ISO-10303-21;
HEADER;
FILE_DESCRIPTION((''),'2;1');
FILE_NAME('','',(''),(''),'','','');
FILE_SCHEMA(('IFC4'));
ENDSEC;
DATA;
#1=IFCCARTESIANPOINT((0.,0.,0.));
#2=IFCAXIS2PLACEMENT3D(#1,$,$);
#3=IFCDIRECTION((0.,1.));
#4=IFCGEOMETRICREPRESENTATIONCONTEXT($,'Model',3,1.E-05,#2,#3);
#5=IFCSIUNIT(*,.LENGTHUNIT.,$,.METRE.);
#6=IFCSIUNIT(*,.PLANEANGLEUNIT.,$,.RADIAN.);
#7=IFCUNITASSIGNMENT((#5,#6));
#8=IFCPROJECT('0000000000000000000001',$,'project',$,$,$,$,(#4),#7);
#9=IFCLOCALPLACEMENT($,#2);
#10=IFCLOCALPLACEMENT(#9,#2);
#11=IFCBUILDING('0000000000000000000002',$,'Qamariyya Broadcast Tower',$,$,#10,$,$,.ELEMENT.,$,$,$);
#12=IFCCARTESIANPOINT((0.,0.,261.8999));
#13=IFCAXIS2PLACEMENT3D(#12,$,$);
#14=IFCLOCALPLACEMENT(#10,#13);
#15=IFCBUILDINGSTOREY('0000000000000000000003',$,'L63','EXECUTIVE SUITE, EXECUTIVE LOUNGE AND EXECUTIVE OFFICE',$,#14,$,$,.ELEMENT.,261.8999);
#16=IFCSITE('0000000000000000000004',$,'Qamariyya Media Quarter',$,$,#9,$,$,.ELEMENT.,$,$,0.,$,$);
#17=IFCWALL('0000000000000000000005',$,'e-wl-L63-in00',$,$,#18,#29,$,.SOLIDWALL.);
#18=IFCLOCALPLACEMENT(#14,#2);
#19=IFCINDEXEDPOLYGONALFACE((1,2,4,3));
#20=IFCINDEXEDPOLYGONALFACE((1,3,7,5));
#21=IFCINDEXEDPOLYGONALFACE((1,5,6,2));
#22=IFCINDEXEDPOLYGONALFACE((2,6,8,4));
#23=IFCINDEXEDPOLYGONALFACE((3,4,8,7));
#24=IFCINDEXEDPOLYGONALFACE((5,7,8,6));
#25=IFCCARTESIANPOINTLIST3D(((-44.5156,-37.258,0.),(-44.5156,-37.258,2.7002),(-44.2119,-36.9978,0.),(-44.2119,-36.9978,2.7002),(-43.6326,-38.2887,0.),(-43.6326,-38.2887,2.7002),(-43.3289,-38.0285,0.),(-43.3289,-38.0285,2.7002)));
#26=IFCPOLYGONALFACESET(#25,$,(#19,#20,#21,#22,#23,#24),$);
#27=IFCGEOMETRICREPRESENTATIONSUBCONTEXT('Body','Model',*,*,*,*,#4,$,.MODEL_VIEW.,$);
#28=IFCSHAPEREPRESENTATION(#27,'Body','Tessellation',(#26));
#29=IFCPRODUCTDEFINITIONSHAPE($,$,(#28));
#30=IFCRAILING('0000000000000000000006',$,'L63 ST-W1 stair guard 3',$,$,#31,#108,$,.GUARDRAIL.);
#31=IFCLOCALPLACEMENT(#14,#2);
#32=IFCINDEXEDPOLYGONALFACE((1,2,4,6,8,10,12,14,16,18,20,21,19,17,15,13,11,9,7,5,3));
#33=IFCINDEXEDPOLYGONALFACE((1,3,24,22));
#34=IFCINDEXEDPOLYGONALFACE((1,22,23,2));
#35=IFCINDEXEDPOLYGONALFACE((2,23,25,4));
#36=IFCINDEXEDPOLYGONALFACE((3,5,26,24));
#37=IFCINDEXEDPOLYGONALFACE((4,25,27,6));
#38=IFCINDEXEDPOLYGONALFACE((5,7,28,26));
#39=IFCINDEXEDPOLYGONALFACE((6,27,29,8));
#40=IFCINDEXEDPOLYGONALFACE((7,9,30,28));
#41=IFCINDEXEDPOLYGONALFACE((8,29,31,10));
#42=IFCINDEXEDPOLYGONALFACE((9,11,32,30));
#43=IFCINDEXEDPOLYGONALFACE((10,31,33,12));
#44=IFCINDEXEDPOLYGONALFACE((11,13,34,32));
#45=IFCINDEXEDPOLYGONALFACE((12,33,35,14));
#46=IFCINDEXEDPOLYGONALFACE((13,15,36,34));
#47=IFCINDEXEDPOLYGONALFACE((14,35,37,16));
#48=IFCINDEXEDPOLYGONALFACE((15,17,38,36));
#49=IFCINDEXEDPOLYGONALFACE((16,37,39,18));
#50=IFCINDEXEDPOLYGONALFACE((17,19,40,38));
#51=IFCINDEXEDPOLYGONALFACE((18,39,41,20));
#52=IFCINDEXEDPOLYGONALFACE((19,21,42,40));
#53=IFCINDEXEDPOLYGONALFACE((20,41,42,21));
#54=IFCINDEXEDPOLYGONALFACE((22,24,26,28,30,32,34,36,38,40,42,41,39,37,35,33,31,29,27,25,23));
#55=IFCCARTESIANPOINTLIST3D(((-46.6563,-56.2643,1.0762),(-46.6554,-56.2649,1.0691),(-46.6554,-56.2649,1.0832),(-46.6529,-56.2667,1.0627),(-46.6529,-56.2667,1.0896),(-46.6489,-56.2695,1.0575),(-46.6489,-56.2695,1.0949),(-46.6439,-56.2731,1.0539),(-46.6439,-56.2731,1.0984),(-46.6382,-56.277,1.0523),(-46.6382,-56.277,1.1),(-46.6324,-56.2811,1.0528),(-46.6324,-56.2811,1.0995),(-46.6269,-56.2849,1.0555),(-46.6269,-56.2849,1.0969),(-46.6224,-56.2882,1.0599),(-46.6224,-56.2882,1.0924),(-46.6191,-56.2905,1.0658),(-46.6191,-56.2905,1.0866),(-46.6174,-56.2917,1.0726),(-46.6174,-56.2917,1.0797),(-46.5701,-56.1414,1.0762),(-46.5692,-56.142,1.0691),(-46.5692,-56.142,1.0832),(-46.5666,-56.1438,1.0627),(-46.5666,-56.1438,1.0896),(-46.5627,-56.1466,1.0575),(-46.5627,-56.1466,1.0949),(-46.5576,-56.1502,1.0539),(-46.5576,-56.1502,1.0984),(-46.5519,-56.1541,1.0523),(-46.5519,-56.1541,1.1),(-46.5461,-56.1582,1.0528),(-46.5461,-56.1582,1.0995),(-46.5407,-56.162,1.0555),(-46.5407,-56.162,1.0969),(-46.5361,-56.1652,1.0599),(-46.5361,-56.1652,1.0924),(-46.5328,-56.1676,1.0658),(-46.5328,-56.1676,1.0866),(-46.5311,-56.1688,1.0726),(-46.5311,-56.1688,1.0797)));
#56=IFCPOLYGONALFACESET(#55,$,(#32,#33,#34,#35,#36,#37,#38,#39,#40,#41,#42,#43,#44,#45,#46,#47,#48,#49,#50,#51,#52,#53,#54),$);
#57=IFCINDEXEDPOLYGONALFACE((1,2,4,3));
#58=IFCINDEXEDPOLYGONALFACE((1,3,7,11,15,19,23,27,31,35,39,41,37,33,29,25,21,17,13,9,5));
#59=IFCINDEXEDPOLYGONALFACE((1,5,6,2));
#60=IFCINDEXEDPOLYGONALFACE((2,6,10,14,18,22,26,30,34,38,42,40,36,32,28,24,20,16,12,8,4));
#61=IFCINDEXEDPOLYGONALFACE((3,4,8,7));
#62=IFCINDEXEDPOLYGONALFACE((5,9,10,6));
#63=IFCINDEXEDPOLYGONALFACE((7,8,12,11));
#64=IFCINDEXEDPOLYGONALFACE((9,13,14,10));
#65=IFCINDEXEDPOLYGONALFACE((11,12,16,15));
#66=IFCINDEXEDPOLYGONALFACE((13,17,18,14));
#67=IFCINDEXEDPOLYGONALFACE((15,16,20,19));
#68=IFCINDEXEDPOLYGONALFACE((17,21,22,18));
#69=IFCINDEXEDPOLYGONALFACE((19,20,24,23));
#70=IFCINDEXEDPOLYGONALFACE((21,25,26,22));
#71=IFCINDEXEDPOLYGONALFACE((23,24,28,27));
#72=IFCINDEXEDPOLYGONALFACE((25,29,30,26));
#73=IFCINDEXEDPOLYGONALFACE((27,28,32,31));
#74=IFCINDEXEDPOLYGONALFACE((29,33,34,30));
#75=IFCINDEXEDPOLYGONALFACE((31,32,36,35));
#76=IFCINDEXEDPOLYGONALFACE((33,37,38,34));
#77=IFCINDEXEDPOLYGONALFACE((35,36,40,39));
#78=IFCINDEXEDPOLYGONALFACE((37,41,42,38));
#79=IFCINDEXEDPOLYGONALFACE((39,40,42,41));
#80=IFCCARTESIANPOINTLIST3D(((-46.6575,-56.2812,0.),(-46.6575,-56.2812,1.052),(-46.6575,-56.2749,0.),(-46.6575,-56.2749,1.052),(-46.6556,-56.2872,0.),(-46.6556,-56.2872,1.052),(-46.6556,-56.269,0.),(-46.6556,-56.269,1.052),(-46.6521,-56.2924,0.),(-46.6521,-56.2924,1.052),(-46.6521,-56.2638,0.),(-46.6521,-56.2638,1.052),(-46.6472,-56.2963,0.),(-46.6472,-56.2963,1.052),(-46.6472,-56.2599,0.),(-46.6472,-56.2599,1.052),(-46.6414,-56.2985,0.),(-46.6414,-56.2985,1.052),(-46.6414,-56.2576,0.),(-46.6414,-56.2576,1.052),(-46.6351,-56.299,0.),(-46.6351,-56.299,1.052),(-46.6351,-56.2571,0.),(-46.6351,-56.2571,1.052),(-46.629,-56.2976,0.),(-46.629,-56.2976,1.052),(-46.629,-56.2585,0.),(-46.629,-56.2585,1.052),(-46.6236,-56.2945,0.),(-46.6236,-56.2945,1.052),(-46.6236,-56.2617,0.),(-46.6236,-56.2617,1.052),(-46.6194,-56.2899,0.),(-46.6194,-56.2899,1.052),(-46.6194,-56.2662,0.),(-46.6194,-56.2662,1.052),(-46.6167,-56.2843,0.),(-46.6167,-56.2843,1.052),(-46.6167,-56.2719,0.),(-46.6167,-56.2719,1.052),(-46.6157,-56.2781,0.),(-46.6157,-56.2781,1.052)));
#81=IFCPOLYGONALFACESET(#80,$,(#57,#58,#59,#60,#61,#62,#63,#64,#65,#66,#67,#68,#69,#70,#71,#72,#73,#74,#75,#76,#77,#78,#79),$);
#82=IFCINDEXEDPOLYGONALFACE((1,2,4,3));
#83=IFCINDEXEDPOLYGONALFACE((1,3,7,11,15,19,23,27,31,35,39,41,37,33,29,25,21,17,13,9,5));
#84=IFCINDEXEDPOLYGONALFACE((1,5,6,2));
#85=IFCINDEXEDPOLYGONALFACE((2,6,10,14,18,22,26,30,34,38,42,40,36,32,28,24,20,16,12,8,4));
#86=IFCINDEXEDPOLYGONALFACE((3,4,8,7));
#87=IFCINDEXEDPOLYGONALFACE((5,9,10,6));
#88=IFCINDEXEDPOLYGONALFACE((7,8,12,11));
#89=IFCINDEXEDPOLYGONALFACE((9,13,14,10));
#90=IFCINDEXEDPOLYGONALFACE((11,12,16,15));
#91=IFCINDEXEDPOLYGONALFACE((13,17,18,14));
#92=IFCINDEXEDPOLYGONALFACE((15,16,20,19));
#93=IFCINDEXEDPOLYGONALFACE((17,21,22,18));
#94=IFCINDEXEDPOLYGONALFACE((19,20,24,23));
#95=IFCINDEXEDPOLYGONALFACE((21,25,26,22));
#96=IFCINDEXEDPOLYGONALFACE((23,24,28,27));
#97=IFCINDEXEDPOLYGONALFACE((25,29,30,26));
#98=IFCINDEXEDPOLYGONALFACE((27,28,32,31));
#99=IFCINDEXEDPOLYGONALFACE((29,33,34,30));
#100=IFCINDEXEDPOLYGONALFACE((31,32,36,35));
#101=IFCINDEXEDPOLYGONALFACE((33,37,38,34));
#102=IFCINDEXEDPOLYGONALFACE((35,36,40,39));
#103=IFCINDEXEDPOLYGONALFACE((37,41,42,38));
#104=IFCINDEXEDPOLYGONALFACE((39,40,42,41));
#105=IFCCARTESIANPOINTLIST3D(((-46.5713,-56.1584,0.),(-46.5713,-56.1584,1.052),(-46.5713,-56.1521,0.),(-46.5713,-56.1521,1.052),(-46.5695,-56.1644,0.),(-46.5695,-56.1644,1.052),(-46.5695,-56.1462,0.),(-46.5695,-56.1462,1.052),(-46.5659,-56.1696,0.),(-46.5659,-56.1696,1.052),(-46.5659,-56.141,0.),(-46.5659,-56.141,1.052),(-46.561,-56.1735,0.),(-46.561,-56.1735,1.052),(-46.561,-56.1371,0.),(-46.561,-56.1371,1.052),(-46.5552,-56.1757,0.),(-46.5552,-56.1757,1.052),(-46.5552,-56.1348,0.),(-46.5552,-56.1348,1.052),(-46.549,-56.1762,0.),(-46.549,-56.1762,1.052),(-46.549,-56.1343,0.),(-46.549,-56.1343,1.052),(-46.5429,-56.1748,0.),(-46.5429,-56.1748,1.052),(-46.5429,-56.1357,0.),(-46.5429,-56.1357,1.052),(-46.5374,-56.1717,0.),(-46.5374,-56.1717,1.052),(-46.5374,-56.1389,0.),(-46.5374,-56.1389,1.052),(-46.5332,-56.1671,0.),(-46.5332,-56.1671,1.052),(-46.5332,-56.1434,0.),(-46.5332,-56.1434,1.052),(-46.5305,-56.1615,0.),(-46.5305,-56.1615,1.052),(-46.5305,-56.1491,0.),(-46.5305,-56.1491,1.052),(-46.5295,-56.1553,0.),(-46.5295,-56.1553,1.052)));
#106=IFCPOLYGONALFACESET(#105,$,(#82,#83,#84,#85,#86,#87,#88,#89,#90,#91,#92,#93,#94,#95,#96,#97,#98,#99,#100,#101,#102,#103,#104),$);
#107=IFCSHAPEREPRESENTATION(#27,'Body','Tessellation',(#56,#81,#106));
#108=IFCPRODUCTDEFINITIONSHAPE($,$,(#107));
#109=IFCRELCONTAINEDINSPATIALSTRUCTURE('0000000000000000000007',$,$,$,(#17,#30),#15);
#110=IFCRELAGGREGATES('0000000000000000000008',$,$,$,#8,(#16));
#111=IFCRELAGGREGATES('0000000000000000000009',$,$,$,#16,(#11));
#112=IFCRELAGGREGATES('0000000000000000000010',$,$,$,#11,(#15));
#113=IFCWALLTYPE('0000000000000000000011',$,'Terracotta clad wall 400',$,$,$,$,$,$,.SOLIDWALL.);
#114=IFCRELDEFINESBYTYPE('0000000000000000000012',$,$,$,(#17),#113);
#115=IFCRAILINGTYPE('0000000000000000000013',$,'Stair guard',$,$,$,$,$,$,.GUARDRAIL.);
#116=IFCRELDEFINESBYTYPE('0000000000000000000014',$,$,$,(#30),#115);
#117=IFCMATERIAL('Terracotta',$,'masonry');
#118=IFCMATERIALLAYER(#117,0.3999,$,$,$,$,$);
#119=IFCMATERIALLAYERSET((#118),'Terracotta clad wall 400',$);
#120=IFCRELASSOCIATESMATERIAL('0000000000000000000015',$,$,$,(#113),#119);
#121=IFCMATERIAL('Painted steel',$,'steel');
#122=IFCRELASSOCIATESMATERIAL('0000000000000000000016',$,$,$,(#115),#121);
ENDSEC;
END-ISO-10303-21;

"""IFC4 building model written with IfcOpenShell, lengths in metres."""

from ifc_helpers import new_model, si_unit, direction, frame, frame_2d, origin, origin_2d, place, context, subcontext, project, spatial, rectangle, circle, extrude, material, layer, layer_set, type_object, element, save


model = new_model("IFC4")

# Units and contexts
model_context = context("Model", 3, precision=1e-05, world=origin(), true_north=direction((0.0, 1.0)))
body_context = subcontext(model_context, "Body", "Model", "MODEL_VIEW")
ifc_project = project(units=[si_unit("LENGTHUNIT", "METRE"), si_unit("PLANEANGLEUNIT", "RADIAN")], contexts=[model_context])

# Site, building, storey
site_placement = place(None, origin())
site = spatial("IfcSite", under=ifc_project, at=site_placement, Name="Qamariyya Media Quarter", CompositionType="ELEMENT", RefElevation=0.0)
building_placement = place(site_placement, origin())
building = spatial("IfcBuilding", under=site, at=building_placement, Name="Qamariyya Broadcast Tower", CompositionType="ELEMENT")
storey_placement = place(building_placement, frame((0.0, 0.0, 261.8999)))
storey = spatial("IfcBuildingStorey", under=building, at=storey_placement, Name="L63", Description="EXECUTIVE SUITE, EXECUTIVE LOUNGE AND EXECUTIVE OFFICE", CompositionType="ELEMENT", Elevation=261.8999)

# Shared definitions
ifc_material_1 = material(Name="Terracotta", Category="masonry")
ifc_layer_1 = layer(ifc_material_1, 0.3999)
ifc_layer_set_1 = layer_set([ifc_layer_1], Name="Terracotta clad wall 400")
wall_type_1 = type_object("IfcWallType", Name="Terracotta clad wall 400", PredefinedType="SOLIDWALL", material=ifc_layer_set_1)

# Wall
wall_1_placement = place(storey_placement, frame((-43.4807, -38.1587, 0.0), z_axis=(0.0, 0.0, 1.0), x_axis=(-0.650599, 0.759422, 0.0)))
element("IfcWall", 1, at=wall_1_placement, inside=storey, type_object=wall_type_1, Name="e-wl-L63-in00", PredefinedType="SOLIDWALL", context=body_context, shape_type="SweptSolid", body=[
    extrude(rectangle(XDim=1.3572, YDim=0.3999, at=frame_2d((0.6787, 0.0))), origin(), (0.0, 0.0, 1.0), 2.7002),
])

# Railing
ifc_material_2 = material(Name="Painted steel", Category="steel")
railing_type_1 = type_object("IfcRailingType", Name="Stair guard", PredefinedType="GUARDRAIL", material=ifc_material_2)
railing_1_placement = place(storey_placement, frame((-46.6367, -56.2781, 0.0)))
element("IfcRailing", 2, at=railing_1_placement, inside=storey, type_object=railing_type_1, Name="L63 ST-W1 stair guard 3", PredefinedType="GUARDRAIL", context=body_context, shape_type="SweptSolid", body=[
    extrude(circle(Radius=0.0239, at=origin_2d()), frame((0.0, 0.0, 1.0762), z_axis=(0.574445, 0.818543, 0.0), x_axis=(-0.818543, 0.574445, 0.0)), (0.0, 0.0, 1.0), 0.1501),
    extrude(circle(Radius=0.021, at=origin_2d()), origin(), (0.0, 0.0, 1.0), 1.052),
    extrude(circle(Radius=0.021, at=origin_2d()), frame((0.0862, 0.1228, 0.0)), (0.0, 0.0, 1.0), 1.052),
])

save(model, "model.ifc")
